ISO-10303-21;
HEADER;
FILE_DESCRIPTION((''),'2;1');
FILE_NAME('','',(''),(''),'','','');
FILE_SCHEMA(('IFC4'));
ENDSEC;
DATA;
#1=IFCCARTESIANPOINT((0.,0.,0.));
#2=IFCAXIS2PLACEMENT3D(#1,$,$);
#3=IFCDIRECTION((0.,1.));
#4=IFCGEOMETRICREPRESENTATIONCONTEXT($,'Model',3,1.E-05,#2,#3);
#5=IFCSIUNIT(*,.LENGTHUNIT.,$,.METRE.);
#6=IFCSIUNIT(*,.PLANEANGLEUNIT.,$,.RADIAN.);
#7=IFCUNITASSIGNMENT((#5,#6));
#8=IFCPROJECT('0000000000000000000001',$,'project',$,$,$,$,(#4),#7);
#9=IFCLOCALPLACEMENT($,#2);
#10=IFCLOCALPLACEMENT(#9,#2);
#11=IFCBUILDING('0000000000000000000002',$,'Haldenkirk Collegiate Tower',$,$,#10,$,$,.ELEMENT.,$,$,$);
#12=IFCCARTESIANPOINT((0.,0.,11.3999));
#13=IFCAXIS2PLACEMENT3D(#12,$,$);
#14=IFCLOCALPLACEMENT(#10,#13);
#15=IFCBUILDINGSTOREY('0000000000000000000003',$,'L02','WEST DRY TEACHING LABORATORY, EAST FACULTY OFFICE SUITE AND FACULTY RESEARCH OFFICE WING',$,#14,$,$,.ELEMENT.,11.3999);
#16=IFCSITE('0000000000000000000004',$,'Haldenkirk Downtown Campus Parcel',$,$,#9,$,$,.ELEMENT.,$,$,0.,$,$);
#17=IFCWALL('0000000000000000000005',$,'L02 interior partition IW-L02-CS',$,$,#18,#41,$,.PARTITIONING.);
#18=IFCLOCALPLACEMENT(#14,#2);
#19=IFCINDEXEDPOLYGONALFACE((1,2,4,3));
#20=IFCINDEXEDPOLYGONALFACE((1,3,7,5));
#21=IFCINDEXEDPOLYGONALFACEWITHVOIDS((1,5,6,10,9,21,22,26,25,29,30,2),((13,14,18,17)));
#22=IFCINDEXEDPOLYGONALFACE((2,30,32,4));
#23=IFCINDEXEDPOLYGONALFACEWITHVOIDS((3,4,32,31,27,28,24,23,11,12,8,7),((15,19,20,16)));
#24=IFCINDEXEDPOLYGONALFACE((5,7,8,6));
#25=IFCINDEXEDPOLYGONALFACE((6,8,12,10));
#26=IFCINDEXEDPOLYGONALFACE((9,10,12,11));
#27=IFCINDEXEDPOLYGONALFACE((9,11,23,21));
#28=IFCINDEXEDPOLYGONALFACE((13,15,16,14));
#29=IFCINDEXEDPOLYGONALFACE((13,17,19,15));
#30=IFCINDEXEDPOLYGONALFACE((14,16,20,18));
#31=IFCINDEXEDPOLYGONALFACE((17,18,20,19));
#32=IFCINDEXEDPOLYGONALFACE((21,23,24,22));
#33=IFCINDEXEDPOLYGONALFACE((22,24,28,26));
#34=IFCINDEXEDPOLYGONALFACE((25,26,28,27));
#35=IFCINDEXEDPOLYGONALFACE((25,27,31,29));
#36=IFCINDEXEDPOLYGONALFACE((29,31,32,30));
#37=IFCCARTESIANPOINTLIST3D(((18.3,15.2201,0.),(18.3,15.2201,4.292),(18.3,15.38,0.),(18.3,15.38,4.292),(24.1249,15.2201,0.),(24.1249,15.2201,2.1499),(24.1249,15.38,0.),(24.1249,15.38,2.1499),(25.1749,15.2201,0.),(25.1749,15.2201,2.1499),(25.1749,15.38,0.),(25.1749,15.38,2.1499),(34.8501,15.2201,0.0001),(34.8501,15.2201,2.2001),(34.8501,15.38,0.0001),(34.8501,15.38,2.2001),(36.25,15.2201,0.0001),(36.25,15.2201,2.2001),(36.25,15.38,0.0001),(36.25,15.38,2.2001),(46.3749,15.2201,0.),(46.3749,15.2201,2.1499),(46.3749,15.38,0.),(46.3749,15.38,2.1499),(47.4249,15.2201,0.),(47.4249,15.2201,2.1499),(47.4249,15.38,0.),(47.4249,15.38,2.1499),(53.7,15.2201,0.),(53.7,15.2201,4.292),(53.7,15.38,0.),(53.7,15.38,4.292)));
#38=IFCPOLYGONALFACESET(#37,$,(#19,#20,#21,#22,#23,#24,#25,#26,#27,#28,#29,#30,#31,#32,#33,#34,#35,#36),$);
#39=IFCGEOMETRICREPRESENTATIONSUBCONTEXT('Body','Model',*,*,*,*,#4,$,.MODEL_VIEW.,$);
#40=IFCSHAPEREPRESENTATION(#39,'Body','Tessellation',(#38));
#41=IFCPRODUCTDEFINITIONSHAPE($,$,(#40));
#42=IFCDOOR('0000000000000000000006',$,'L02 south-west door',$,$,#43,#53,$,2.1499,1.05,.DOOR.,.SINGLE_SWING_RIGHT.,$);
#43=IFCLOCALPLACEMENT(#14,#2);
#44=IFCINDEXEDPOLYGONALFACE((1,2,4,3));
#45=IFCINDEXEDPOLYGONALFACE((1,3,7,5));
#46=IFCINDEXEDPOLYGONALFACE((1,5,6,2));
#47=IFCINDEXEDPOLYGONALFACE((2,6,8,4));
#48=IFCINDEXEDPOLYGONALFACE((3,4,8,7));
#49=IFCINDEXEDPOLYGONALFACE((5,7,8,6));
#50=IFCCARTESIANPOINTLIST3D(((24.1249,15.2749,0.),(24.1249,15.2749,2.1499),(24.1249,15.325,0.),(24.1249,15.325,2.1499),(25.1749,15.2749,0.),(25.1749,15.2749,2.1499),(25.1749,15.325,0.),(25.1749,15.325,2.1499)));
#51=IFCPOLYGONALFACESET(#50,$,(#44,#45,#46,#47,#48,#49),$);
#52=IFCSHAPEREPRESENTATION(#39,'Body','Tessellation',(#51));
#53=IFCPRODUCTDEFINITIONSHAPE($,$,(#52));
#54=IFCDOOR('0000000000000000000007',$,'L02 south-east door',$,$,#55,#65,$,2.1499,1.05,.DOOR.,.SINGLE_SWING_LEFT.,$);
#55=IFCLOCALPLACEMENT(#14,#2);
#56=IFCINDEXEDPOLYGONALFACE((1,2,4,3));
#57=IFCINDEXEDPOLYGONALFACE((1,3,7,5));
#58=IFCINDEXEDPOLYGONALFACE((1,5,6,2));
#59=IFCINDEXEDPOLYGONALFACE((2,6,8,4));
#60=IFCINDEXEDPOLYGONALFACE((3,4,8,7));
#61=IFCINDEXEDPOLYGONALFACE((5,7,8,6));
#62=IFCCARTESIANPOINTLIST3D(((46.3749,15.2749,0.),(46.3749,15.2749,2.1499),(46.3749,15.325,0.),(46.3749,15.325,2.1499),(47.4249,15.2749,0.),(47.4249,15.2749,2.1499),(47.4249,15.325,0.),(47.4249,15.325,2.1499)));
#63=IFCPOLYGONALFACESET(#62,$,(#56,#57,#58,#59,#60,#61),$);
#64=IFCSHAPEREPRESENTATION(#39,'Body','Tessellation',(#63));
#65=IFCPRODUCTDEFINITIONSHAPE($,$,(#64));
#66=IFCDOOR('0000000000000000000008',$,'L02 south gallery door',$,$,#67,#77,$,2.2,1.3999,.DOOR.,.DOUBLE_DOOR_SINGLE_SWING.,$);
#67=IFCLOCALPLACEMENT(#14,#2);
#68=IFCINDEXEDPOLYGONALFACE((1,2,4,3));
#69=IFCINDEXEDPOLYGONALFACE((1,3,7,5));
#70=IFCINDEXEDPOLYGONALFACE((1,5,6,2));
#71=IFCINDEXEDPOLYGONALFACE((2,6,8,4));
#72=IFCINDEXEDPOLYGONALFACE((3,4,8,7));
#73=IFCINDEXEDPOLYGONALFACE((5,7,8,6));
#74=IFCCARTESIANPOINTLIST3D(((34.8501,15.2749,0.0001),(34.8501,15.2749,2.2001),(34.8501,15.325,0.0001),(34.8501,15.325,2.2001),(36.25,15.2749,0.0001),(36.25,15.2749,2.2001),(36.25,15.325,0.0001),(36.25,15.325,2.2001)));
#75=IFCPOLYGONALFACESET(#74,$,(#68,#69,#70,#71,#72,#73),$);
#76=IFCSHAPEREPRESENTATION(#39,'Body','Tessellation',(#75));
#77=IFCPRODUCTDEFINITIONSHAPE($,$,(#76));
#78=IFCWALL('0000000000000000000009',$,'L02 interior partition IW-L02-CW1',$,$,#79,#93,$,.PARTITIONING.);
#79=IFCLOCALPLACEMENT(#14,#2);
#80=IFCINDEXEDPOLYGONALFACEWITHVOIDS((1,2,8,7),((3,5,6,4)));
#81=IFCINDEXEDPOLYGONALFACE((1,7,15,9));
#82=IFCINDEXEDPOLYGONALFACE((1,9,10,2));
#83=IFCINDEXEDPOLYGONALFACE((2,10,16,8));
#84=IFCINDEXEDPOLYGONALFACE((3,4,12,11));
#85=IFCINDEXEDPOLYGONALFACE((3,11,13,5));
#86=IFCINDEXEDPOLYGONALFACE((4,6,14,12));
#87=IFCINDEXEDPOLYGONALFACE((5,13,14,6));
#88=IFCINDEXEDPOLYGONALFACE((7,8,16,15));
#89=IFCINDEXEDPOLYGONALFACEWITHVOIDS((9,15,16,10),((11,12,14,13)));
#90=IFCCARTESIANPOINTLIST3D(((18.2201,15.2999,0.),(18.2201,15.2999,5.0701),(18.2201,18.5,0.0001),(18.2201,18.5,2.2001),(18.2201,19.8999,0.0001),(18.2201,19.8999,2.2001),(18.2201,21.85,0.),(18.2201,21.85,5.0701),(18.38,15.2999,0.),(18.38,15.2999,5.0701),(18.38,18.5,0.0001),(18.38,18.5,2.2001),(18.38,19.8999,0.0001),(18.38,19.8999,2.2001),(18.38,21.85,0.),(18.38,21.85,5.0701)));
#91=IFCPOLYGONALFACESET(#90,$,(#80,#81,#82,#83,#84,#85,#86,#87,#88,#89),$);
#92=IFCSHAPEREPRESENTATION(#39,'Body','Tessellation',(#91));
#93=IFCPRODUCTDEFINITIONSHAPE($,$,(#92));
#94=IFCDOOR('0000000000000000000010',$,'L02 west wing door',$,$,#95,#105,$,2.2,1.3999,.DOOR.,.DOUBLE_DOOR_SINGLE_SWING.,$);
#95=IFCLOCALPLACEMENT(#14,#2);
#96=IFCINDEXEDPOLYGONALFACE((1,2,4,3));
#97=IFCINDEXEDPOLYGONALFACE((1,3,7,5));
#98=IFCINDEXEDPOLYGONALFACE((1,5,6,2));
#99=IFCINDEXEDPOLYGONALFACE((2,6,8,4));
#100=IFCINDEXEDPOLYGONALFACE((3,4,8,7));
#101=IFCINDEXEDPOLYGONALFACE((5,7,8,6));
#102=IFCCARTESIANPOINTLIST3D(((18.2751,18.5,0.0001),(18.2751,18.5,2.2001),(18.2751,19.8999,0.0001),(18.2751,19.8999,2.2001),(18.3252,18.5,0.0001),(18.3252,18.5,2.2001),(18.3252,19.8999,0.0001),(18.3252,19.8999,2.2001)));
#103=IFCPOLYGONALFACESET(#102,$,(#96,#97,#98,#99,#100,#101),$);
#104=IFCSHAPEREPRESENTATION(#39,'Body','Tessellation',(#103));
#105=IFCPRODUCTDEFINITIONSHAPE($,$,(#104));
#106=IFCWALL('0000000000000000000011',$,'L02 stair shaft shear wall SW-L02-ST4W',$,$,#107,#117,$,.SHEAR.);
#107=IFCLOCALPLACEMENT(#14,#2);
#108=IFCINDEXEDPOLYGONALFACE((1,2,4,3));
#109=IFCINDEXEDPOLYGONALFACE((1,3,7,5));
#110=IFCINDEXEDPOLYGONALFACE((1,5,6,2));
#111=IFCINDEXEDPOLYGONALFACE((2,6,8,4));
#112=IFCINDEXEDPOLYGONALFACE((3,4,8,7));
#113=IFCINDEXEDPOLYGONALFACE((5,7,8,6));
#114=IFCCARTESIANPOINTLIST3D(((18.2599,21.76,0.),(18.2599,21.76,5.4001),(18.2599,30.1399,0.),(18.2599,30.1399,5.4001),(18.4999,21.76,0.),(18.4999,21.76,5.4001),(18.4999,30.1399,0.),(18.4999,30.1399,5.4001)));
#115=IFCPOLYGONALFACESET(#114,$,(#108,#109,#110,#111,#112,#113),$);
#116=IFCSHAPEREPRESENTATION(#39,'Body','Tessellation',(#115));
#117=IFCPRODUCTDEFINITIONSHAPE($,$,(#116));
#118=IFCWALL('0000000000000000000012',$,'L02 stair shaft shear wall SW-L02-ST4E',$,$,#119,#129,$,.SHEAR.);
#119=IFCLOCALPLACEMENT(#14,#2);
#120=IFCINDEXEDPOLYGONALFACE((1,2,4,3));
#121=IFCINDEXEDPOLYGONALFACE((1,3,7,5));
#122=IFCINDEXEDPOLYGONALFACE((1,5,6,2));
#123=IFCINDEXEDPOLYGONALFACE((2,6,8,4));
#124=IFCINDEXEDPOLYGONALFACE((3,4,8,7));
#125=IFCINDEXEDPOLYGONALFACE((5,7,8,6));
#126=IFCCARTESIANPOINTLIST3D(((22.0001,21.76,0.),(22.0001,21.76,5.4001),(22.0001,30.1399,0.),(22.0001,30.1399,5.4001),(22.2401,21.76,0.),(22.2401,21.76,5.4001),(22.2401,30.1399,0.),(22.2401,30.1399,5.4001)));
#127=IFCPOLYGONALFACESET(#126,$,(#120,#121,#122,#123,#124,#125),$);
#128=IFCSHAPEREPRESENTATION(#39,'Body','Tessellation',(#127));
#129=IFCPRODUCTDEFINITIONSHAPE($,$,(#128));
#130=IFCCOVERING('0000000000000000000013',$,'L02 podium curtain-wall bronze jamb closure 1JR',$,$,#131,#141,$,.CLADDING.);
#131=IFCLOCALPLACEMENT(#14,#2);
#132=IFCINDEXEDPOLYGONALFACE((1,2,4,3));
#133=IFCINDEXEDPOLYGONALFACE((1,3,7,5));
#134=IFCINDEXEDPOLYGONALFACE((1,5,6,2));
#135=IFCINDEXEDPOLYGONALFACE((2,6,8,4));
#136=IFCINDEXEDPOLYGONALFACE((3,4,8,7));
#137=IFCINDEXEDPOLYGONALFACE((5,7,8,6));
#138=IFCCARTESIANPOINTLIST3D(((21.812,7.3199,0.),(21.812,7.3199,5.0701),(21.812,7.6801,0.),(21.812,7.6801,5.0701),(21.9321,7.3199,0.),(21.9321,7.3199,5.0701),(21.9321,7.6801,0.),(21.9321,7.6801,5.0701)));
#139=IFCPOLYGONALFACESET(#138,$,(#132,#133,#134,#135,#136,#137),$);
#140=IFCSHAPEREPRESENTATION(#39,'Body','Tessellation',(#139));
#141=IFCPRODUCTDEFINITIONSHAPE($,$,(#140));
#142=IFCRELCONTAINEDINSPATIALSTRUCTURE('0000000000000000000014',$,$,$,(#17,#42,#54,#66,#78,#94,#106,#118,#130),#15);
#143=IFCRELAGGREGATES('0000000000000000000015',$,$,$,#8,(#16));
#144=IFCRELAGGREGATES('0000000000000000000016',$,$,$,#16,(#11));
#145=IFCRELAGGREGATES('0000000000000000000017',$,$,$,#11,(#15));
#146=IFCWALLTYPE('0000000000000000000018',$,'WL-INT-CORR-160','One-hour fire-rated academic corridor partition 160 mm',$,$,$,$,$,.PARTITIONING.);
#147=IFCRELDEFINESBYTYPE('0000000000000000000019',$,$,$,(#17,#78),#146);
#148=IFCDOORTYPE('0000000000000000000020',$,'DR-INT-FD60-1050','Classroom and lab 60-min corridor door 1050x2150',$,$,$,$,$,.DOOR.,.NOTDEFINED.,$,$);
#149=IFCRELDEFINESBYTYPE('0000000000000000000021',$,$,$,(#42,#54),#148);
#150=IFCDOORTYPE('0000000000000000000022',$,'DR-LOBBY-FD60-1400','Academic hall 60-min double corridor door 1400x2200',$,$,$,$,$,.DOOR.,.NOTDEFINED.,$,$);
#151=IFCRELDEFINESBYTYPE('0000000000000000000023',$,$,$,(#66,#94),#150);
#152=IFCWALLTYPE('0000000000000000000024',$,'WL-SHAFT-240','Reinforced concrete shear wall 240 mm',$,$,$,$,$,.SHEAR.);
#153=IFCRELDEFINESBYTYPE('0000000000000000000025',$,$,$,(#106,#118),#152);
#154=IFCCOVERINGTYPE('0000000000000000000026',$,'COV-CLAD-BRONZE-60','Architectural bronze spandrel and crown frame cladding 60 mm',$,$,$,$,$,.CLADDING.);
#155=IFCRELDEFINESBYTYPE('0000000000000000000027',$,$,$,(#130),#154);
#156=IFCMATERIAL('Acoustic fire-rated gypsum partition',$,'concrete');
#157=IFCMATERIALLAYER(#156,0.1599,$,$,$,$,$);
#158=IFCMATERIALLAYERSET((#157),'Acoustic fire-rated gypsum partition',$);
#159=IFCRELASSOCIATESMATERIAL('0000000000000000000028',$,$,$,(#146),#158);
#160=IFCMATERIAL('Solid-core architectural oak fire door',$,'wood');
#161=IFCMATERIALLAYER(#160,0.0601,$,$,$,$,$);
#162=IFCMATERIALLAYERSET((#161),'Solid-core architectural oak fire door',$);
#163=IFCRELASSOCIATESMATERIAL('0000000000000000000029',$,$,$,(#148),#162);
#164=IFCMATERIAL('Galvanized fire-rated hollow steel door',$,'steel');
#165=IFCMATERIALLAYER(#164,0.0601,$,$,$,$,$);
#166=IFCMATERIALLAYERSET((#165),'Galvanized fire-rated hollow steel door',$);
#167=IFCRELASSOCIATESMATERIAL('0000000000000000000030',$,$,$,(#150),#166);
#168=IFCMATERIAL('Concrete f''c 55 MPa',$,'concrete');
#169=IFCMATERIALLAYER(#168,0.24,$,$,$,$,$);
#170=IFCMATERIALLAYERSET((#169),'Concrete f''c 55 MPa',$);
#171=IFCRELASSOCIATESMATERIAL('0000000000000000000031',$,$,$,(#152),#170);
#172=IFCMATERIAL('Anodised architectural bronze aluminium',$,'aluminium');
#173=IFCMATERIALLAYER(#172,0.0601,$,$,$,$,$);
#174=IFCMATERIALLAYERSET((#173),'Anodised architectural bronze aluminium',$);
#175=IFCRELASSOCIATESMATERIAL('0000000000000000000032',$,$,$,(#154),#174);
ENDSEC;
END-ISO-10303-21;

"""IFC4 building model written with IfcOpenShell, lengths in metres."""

from ifc_helpers import new_model, si_unit, direction, frame, frame_2d, origin, origin_2d, place, context, subcontext, project, spatial, rectangle, extrude, source, transform, mapped, material, layer, layer_set, type_object, element, fill, save


model = new_model("IFC4")

# Units and contexts
model_context = context("Model", 3, precision=1e-05, world=origin(), true_north=direction((0.0, 1.0)))
body_context = subcontext(model_context, "Body", "Model", "MODEL_VIEW")
ifc_project = project(units=[si_unit("LENGTHUNIT", "METRE"), si_unit("PLANEANGLEUNIT", "RADIAN")], contexts=[model_context])

# Site, building, storey
site_placement = place(None, origin())
site = spatial("IfcSite", under=ifc_project, at=site_placement, Name="Haldenkirk Downtown Campus Parcel", CompositionType="ELEMENT", RefElevation=0.0)
building_placement = place(site_placement, origin())
building = spatial("IfcBuilding", under=site, at=building_placement, Name="Haldenkirk Collegiate Tower", CompositionType="ELEMENT")
storey_placement = place(building_placement, frame((0.0, 0.0, 11.3999)))
storey = spatial("IfcBuildingStorey", under=building, at=storey_placement, Name="L02", Description="WEST DRY TEACHING LABORATORY, EAST FACULTY OFFICE SUITE AND FACULTY RESEARCH OFFICE WING", CompositionType="ELEMENT", Elevation=11.3999)

# Shared definitions
ifc_material_1 = material(Name="Anodised architectural bronze aluminium", Category="aluminium")

# Shared definitions
ifc_material_2 = material(Name="Galvanized fire-rated hollow steel door", Category="steel")

# Wall, openings, doors
ifc_material_3 = material(Name="Acoustic fire-rated gypsum partition", Category="concrete")
ifc_layer_1 = layer(ifc_material_3, 0.1599)
ifc_layer_set_1 = layer_set([ifc_layer_1], Name="Acoustic fire-rated gypsum partition")
wall_type_1 = type_object("IfcWallType", Name="WL-INT-CORR-160", Description="One-hour fire-rated academic corridor partition 160 mm", PredefinedType="PARTITIONING", material=ifc_layer_set_1)
wall_1_placement = place(storey_placement, frame((18.3, 15.3, 0.0), z_axis=(0.0, 0.0, 1.0), x_axis=(1.0, 0.0, 0.0)))
wall_1 = element("IfcWall", 1, at=wall_1_placement, inside=storey, type_object=wall_type_1, Name="L02 interior partition IW-L02-CS", PredefinedType="PARTITIONING", context=body_context, shape_type="SweptSolid", body=[
    extrude(rectangle(XDim=35.3999, YDim=0.1599, at=frame_2d((17.7, 0.0))), origin(), (0.0, 0.0, 1.0), 4.292),
])
opening_1_placement = place(wall_1_placement, frame((5.825, 0.0, 0.0)))
opening_1 = element("IfcOpeningElement", 2, at=opening_1_placement, cuts=wall_1, PredefinedType="OPENING", context=body_context, shape_type="SweptSolid", body=[
    extrude(rectangle(XDim=1.05, YDim=2.1499, at=frame_2d((0.5249, 1.075))), frame((0.0, 0.0898, 0.0), z_axis=(0.0, -1.0, 0.0), x_axis=(1.0, 0.0, 0.0)), (0.0, 0.0, 1.0), 0.1799),
])
opening_2_placement = place(wall_1_placement, frame((16.55, 0.0, 0.0)))
opening_2 = element("IfcOpeningElement", 3, at=opening_2_placement, cuts=wall_1, PredefinedType="OPENING", context=body_context, shape_type="SweptSolid", body=[
    extrude(rectangle(XDim=1.3999, YDim=2.2, at=frame_2d((0.7, 1.1001))), frame((0.0, 0.0898, 0.0), z_axis=(0.0, -1.0, 0.0), x_axis=(1.0, 0.0, 0.0)), (0.0, 0.0, 1.0), 0.1799),
])
opening_3_placement = place(wall_1_placement, frame((28.075, 0.0, 0.0)))
opening_3 = element("IfcOpeningElement", 4, at=opening_3_placement, cuts=wall_1, PredefinedType="OPENING", context=body_context, shape_type="SweptSolid", body=[
    extrude(rectangle(XDim=1.05, YDim=2.1499, at=frame_2d((0.5249, 1.075))), frame((0.0, 0.0898, 0.0), z_axis=(0.0, -1.0, 0.0), x_axis=(1.0, 0.0, 0.0)), (0.0, 0.0, 1.0), 0.1799),
])
ifc_material_4 = material(Name="Solid-core architectural oak fire door", Category="wood")
ifc_layer_2 = layer(ifc_material_4, 0.0601)
ifc_layer_set_2 = layer_set([ifc_layer_2], Name="Solid-core architectural oak fire door")
door_type_1 = type_object("IfcDoorType", Name="DR-INT-FD60-1050", Description="Classroom and lab 60-min corridor door 1050x2150", OperationType="NOTDEFINED", PredefinedType="DOOR", material=ifc_layer_set_2)
door_1_placement = place(opening_1_placement, origin())
door_1 = element("IfcDoor", 5, at=door_1_placement, inside=storey, type_object=door_type_1, Name="L02 south-west door", OperationType="SINGLE_SWING_RIGHT", OverallHeight=2.1499, OverallWidth=1.05, PredefinedType="DOOR", context=body_context, shape_type="SweptSolid", body=[
    extrude(rectangle(XDim=1.05, YDim=2.1499, at=frame_2d((0.5249, 1.075))), frame((0.0, 0.0249, 0.0), z_axis=(0.0, -1.0, 0.0), x_axis=(1.0, 0.0, 0.0)), (0.0, 0.0, 1.0), 0.05),
])
fill(opening_1, door_1)
door_2_placement = place(opening_3_placement, origin())
door_2 = element("IfcDoor", 6, at=door_2_placement, inside=storey, type_object=door_type_1, Name="L02 south-east door", OperationType="SINGLE_SWING_LEFT", OverallHeight=2.1499, OverallWidth=1.05, PredefinedType="DOOR", context=body_context, shape_type="SweptSolid", body=[
    extrude(rectangle(XDim=1.05, YDim=2.1499, at=frame_2d((0.5249, 1.075))), frame((0.0, 0.0249, 0.0), z_axis=(0.0, -1.0, 0.0), x_axis=(1.0, 0.0, 0.0)), (0.0, 0.0, 1.0), 0.05),
])
fill(opening_3, door_2)
ifc_layer_3 = layer(ifc_material_2, 0.0601)
ifc_layer_set_3 = layer_set([ifc_layer_3], Name="Galvanized fire-rated hollow steel door")
door_type_2 = type_object("IfcDoorType", Name="DR-LOBBY-FD60-1400", Description="Academic hall 60-min double corridor door 1400x2200", OperationType="NOTDEFINED", PredefinedType="DOOR", material=ifc_layer_set_3)
door_3_placement = place(opening_2_placement, origin())
door_3 = element("IfcDoor", 7, at=door_3_placement, inside=storey, type_object=door_type_2, Name="L02 south gallery door", OperationType="DOUBLE_DOOR_SINGLE_SWING", OverallHeight=2.2, OverallWidth=1.3999, PredefinedType="DOOR", context=body_context, shape_type="SweptSolid", body=[
    extrude(rectangle(XDim=1.3999, YDim=2.2, at=frame_2d((0.7, 1.1001))), frame((0.0, 0.0249, 0.0), z_axis=(0.0, -1.0, 0.0), x_axis=(1.0, 0.0, 0.0)), (0.0, 0.0, 1.0), 0.05),
])
fill(opening_2, door_3)

# Wall, opening, door
wall_2_placement = place(storey_placement, frame((18.3, 15.3, 0.0), z_axis=(0.0, 0.0, 1.0), x_axis=(0.0, 1.0, 0.0)))
wall_2 = element("IfcWall", 8, at=wall_2_placement, inside=storey, type_object=wall_type_1, Name="L02 interior partition IW-L02-CW1", PredefinedType="PARTITIONING", context=body_context, shape_type="SweptSolid", body=[
    extrude(rectangle(XDim=6.55, YDim=0.1599, at=frame_2d((3.2749, 0.0))), origin(), (0.0, 0.0, 1.0), 5.0701),
])
opening_4_placement = place(wall_2_placement, frame((3.2, 0.0, 0.0)))
opening_4 = element("IfcOpeningElement", 9, at=opening_4_placement, cuts=wall_2, PredefinedType="OPENING", context=body_context, shape_type="SweptSolid", body=[
    extrude(rectangle(XDim=1.3999, YDim=2.2, at=frame_2d((0.7, 1.1001))), frame((0.0, 0.0898, 0.0), z_axis=(0.0, -1.0, 0.0), x_axis=(1.0, 0.0, 0.0)), (0.0, 0.0, 1.0), 0.1799),
])
door_4_placement = place(opening_4_placement, origin())
door_4 = element("IfcDoor", 10, at=door_4_placement, inside=storey, type_object=door_type_2, Name="L02 west wing door", OperationType="DOUBLE_DOOR_SINGLE_SWING", OverallHeight=2.2, OverallWidth=1.3999, PredefinedType="DOOR", context=body_context, shape_type="SweptSolid", body=[
    extrude(rectangle(XDim=1.3999, YDim=2.2, at=frame_2d((0.7, 1.1001))), frame((0.0, 0.0249, 0.0), z_axis=(0.0, -1.0, 0.0), x_axis=(1.0, 0.0, 0.0)), (0.0, 0.0, 1.0), 0.05),
])
fill(opening_4, door_4)

# Walls
ifc_material_5 = material(Name="Concrete f'c 55 MPa", Category="concrete")
ifc_layer_4 = layer(ifc_material_5, 0.24)
ifc_layer_set_4 = layer_set([ifc_layer_4], Name="Concrete f'c 55 MPa")
wall_type_2 = type_object("IfcWallType", Name="WL-SHAFT-240", Description="Reinforced concrete shear wall 240 mm", PredefinedType="SHEAR", material=ifc_layer_set_4)
for number, where, z_axis, x_axis, name in (
    (11, (18.3799, 21.76, 0.0), (0.0, 0.0, 1.0), (0.0, 1.0, 0.0), "L02 stair shaft shear wall SW-L02-ST4W"),
    (12, (22.1201, 21.76, 0.0), (0.0, 0.0, 1.0), (0.0, 1.0, 0.0), "L02 stair shaft shear wall SW-L02-ST4E"),
):
    element("IfcWall", number, at=place(storey_placement, frame(where, z_axis=z_axis, x_axis=x_axis)), inside=storey, type_object=wall_type_2, Name=name, PredefinedType="SHEAR", context=body_context, shape_type="SweptSolid", body=[
        extrude(rectangle(XDim=8.3799, YDim=0.24, at=frame_2d((4.1899, 0.0))), origin(), (0.0, 0.0, 1.0), 5.4001),
    ])

# Covering
ifc_layer_5 = layer(ifc_material_1, 0.0601)
ifc_layer_set_5 = layer_set([ifc_layer_5], Name="Anodised architectural bronze aluminium")
covering_type = type_object("IfcCoveringType", Name="COV-CLAD-BRONZE-60", Description="Architectural bronze spandrel and crown frame cladding 60 mm", PredefinedType="CLADDING", material=ifc_layer_set_5)
shared_shape_1 = source(origin(), body_context, "Body", "SweptSolid", [
    extrude(rectangle(XDim=0.1201, YDim=0.3601, at=origin_2d()), origin(), (0.0, 0.0, 1.0), 5.0701),
])
covering_placement = place(storey_placement, frame((21.8721, 7.5, 0.0), z_axis=(0.0, 0.0, 1.0), x_axis=(-1.0, 0.0, 0.0)))
element("IfcCovering", 13, at=covering_placement, inside=storey, type_object=covering_type, Name="L02 podium curtain-wall bronze jamb closure 1JR", PredefinedType="CLADDING", context=body_context, shape_type="MappedRepresentation", body=[
    mapped(shared_shape_1, transform((0.0, 0.0, 0.0), x_axis=(1.0, 0.0, 0.0), y_axis=(0.0, 1.0, 0.0), z_axis=(0.0, 0.0, 1.0), scale=1.0)),
])

save(model, "model.ifc")
